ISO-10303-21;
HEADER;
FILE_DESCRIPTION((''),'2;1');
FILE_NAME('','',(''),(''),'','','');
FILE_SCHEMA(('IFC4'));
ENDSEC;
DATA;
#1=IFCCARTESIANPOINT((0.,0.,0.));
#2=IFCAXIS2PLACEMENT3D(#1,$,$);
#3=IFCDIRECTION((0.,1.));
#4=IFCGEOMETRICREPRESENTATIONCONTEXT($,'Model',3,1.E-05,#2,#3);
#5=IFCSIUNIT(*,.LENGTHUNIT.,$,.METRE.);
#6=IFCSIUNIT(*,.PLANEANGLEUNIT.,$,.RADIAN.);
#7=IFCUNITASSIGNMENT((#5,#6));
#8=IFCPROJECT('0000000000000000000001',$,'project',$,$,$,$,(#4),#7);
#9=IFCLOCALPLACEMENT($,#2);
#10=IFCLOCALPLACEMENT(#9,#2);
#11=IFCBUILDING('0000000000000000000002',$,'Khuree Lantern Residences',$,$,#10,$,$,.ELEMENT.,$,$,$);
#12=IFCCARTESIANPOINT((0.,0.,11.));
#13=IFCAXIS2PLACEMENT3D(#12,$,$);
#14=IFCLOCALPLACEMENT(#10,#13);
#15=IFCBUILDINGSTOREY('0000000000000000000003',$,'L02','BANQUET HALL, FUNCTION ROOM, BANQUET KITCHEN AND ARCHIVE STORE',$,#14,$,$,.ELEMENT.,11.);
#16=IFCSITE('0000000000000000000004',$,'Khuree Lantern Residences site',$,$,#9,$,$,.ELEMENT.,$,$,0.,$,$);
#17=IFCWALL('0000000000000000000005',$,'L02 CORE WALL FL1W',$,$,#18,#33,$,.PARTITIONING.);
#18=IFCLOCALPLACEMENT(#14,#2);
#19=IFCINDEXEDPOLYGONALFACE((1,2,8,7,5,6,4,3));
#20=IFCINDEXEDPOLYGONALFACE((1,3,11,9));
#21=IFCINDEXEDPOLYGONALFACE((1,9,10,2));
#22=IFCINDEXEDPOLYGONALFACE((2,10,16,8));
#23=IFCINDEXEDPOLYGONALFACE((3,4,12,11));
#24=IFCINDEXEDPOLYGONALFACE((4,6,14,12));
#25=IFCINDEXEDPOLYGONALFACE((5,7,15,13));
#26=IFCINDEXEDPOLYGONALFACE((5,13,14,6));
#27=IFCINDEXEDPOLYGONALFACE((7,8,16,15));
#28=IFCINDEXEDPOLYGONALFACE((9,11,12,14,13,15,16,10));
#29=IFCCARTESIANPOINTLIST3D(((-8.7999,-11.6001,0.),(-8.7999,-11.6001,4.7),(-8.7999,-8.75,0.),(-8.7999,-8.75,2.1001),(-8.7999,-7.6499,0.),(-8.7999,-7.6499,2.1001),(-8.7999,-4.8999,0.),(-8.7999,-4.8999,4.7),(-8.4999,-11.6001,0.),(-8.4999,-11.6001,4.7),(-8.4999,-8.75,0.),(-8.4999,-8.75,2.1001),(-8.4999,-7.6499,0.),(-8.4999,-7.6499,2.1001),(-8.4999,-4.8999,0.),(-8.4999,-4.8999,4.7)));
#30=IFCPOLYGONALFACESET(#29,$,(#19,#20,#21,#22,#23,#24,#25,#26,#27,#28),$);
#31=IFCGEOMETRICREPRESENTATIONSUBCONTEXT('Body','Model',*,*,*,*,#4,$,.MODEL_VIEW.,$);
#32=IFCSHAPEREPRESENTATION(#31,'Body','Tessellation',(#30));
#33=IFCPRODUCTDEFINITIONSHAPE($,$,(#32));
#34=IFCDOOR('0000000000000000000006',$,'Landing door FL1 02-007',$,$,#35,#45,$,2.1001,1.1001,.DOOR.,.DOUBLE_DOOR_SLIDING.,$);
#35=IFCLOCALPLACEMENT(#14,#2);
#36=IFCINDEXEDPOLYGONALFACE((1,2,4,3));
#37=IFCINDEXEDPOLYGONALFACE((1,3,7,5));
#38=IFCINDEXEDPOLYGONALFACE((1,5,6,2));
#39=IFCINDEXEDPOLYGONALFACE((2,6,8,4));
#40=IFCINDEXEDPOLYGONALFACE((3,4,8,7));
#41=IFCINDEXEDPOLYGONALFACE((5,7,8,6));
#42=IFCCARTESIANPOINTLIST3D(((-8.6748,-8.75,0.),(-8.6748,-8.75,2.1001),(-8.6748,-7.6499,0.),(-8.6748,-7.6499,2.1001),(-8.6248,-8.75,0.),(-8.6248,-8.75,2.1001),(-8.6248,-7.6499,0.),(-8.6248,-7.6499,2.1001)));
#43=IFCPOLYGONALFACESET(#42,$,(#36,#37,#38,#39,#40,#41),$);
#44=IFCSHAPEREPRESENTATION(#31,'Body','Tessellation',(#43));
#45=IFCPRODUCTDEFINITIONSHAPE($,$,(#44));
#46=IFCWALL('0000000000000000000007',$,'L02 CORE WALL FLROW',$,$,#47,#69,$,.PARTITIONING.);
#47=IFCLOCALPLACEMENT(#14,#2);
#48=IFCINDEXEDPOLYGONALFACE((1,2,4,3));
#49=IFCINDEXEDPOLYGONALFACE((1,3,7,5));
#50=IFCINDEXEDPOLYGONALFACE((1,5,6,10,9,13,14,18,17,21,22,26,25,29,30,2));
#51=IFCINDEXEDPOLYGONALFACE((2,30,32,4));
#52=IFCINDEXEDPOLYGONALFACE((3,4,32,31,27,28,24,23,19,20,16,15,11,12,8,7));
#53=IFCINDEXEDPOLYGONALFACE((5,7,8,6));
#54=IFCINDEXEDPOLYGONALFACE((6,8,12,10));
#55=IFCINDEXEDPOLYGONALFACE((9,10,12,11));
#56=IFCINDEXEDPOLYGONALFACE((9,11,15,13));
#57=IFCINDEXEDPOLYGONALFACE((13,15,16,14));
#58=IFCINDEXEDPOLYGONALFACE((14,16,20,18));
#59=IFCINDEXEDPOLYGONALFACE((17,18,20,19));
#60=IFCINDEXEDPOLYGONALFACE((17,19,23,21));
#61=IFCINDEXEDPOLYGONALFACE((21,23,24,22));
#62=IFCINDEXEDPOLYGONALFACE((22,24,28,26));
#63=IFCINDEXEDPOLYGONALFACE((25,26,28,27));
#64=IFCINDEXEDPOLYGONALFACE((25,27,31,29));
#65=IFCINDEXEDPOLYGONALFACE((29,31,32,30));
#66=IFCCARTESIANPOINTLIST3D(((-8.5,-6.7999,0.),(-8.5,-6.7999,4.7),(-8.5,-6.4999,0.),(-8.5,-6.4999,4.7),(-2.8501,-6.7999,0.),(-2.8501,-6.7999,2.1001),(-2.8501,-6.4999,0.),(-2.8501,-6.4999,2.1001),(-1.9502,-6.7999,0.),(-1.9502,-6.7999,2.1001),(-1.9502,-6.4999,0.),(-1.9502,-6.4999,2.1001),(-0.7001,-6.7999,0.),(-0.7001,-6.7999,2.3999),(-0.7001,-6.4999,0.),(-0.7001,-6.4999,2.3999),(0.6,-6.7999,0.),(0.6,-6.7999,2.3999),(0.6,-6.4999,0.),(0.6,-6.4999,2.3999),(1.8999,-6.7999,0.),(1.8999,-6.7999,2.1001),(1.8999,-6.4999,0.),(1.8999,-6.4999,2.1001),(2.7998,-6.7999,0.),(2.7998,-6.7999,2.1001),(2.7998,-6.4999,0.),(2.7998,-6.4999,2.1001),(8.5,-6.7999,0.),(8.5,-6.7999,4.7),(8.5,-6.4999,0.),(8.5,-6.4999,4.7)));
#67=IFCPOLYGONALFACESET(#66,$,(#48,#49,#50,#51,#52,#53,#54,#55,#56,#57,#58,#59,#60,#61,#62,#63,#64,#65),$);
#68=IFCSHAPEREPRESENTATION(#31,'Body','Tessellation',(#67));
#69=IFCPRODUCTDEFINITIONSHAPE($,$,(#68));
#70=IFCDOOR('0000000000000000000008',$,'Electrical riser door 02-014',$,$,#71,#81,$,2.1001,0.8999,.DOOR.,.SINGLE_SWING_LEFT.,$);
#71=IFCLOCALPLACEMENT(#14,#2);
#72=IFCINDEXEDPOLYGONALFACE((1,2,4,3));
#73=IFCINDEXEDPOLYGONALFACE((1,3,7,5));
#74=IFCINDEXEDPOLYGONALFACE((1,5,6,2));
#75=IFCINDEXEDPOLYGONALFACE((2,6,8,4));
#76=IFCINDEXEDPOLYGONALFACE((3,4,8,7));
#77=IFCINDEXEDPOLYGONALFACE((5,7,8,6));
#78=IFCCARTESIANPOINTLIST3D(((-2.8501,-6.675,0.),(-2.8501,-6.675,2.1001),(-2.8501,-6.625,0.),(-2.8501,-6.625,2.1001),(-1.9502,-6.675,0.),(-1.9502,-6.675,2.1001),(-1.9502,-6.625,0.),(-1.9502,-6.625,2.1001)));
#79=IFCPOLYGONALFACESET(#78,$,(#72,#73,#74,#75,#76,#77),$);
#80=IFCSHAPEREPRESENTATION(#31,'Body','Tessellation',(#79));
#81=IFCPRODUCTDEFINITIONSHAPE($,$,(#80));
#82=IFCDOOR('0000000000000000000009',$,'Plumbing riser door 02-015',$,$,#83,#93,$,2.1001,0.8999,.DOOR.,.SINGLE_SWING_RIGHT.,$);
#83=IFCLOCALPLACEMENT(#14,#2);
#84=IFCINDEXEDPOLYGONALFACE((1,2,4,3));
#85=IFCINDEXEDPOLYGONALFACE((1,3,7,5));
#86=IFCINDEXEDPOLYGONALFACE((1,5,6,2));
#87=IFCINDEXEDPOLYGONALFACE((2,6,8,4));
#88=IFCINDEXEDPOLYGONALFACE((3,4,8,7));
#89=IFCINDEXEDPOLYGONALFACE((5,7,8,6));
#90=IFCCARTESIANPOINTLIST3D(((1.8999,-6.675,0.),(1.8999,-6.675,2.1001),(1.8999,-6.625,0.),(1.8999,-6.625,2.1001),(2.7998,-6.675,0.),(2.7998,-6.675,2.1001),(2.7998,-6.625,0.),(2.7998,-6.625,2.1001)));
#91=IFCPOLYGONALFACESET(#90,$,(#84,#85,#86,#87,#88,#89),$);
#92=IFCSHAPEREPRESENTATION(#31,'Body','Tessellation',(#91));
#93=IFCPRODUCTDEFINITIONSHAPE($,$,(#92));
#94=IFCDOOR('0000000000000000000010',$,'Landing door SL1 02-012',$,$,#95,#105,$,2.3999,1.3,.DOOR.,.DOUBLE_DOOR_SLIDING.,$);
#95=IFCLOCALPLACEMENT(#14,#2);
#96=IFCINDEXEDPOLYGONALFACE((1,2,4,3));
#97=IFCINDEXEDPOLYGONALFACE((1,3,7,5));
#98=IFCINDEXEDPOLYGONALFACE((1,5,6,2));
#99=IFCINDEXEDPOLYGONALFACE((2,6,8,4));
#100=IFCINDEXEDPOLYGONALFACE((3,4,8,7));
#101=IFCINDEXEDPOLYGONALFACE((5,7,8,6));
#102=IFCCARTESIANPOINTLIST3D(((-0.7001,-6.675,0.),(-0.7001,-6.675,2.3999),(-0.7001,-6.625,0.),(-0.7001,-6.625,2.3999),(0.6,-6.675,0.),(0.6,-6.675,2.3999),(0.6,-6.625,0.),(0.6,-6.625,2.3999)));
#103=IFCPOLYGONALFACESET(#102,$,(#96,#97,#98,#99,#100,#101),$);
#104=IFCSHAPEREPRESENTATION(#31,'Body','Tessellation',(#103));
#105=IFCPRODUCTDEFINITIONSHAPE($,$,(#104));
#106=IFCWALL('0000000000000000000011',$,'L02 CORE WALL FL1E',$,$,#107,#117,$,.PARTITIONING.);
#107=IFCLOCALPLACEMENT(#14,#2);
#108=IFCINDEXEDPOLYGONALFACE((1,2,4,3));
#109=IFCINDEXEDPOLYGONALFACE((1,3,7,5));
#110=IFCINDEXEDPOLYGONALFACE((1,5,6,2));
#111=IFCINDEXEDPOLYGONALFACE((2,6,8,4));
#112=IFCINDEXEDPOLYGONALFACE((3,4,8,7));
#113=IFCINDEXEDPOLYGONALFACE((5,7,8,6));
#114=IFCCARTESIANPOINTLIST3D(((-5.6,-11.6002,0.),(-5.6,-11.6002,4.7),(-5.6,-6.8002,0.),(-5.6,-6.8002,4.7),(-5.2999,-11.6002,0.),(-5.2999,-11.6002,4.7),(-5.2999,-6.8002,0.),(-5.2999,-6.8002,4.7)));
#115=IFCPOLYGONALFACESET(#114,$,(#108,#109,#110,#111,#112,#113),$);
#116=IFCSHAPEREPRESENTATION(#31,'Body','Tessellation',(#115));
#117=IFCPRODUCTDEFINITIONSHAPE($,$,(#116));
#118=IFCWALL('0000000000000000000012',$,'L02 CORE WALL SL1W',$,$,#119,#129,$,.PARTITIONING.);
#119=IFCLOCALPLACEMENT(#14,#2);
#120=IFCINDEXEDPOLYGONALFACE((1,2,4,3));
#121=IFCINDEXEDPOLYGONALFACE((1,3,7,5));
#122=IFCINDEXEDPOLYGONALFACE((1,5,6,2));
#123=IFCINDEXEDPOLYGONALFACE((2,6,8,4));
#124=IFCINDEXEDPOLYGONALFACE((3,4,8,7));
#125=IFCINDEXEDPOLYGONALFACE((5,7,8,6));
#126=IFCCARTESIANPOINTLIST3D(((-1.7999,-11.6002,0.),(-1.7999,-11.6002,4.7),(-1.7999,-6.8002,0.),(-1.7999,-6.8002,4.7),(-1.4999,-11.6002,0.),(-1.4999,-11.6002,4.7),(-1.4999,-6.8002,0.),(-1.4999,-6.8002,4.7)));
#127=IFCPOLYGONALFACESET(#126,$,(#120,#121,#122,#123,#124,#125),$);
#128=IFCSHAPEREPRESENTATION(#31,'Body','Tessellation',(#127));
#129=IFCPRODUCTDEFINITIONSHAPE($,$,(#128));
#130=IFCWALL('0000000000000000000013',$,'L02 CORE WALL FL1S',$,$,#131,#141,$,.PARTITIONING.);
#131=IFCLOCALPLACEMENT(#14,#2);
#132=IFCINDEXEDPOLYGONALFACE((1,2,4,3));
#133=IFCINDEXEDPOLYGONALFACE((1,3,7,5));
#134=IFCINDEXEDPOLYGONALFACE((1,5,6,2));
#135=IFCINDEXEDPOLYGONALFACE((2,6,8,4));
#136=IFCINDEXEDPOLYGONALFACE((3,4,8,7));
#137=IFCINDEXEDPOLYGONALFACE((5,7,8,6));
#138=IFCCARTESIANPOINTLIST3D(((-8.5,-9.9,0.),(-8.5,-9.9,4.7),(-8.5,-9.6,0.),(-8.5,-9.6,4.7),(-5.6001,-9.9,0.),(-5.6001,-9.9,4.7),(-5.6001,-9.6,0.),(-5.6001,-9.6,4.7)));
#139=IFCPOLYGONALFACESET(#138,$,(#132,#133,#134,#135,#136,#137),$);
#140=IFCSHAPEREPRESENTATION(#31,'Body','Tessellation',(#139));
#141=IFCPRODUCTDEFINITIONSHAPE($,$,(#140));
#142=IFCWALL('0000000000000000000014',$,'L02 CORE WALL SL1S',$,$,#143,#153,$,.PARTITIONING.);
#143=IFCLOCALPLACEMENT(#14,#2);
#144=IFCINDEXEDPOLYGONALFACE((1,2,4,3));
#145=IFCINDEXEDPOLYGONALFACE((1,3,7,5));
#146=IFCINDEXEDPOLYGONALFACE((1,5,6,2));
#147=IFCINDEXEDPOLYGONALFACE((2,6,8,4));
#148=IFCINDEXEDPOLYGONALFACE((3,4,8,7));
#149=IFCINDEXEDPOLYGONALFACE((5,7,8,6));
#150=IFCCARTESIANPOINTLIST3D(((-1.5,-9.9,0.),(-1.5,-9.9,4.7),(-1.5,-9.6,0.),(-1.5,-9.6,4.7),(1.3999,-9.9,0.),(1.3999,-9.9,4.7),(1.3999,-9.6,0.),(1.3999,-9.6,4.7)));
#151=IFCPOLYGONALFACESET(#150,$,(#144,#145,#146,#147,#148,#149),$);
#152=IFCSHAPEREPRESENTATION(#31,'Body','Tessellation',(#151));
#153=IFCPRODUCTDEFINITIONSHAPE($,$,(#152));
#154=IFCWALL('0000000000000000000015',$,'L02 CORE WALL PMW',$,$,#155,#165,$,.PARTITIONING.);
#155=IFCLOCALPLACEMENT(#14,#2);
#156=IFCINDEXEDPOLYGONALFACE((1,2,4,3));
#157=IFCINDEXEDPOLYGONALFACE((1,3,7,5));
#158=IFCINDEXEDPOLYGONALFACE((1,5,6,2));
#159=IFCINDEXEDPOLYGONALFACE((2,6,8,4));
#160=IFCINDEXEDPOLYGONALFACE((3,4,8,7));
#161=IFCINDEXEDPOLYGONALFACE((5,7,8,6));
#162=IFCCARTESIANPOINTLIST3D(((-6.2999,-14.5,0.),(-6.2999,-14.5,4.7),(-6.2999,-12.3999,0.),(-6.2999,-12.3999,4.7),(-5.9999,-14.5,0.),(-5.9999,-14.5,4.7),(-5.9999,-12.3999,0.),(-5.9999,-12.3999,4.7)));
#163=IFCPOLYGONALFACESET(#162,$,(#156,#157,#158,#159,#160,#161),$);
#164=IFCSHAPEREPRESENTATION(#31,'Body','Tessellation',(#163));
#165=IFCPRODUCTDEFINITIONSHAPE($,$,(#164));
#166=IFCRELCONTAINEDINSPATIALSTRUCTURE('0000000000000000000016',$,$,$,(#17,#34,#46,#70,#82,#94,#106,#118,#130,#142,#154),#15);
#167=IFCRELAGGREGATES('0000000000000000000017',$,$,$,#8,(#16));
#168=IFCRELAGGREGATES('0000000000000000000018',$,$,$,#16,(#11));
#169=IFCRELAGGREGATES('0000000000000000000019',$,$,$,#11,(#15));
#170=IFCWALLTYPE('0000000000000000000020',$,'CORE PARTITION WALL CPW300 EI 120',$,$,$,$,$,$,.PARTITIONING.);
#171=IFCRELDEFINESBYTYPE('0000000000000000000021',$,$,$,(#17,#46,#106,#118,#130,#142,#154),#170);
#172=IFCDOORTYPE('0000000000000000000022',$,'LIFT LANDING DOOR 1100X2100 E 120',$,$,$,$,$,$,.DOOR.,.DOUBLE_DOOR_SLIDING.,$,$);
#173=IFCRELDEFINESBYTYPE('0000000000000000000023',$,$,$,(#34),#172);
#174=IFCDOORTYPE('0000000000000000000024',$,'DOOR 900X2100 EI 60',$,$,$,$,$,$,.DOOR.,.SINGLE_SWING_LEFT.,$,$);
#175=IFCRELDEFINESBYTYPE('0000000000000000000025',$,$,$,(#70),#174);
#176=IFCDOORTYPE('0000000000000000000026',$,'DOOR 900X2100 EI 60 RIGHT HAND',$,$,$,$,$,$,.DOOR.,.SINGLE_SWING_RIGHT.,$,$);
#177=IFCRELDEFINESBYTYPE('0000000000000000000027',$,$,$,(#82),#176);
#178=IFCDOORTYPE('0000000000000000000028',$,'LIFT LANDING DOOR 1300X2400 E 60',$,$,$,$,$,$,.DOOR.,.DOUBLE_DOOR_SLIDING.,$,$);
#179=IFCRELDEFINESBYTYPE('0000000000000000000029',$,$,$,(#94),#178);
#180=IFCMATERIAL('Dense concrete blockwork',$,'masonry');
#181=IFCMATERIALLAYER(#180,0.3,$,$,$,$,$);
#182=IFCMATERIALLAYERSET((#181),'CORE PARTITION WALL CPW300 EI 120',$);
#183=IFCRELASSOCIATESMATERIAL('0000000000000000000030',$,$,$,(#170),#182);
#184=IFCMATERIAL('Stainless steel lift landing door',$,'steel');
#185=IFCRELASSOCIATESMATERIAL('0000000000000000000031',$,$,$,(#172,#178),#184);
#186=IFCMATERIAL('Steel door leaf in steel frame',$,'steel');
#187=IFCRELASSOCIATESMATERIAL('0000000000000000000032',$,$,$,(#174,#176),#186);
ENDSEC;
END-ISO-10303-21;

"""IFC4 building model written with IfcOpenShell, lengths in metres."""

from ifc_helpers import new_model, si_unit, direction, frame, frame_2d, origin, place, context, subcontext, project, spatial, rectangle, extrude, material, layer, layer_set, type_object, element, fill, save


model = new_model("IFC4")

# Units and contexts
model_context = context("Model", 3, precision=1e-05, world=origin(), true_north=direction((0.0, 1.0)))
body_context = subcontext(model_context, "Body", "Model", "MODEL_VIEW")
ifc_project = project(units=[si_unit("LENGTHUNIT", "METRE"), si_unit("PLANEANGLEUNIT", "RADIAN")], contexts=[model_context])

# Site, building, storey
site_placement = place(None, origin())
site = spatial("IfcSite", under=ifc_project, at=site_placement, Name="Khuree Lantern Residences site", CompositionType="ELEMENT", RefElevation=0.0)
building_placement = place(site_placement, origin())
building = spatial("IfcBuilding", under=site, at=building_placement, Name="Khuree Lantern Residences", CompositionType="ELEMENT")
storey_placement = place(building_placement, frame((0.0, 0.0, 11.0)))
storey = spatial("IfcBuildingStorey", under=building, at=storey_placement, Name="L02", Description="BANQUET HALL, FUNCTION ROOM, BANQUET KITCHEN AND ARCHIVE STORE", CompositionType="ELEMENT", Elevation=11.0)

# Wall, opening, door
ifc_material_1 = material(Name="Dense concrete blockwork", Category="masonry")
ifc_layer_1 = layer(ifc_material_1, 0.3)
ifc_layer_set_1 = layer_set([ifc_layer_1], Name="CORE PARTITION WALL CPW300 EI 120")
wall_type_1 = type_object("IfcWallType", Name="CORE PARTITION WALL CPW300 EI 120", PredefinedType="PARTITIONING", material=ifc_layer_set_1)
wall_1_placement = place(storey_placement, frame((-8.6499, -11.6001, 0.0), z_axis=(0.0, 0.0, 1.0), x_axis=(0.0, 1.0, 0.0)))
wall_1 = element("IfcWall", 1, at=wall_1_placement, inside=storey, type_object=wall_type_1, Name="L02 CORE WALL FL1W", PredefinedType="PARTITIONING", context=body_context, shape_type="SweptSolid", body=[
    extrude(rectangle(XDim=6.7002, YDim=0.3, at=frame_2d((3.3501, 0.0))), origin(), (0.0, 0.0, 1.0), 4.7),
])
opening_1_placement = place(wall_1_placement, frame((2.8501, 0.0, 0.0)))
opening_1 = element("IfcOpeningElement", 2, at=opening_1_placement, cuts=wall_1, PredefinedType="OPENING", context=body_context, shape_type="SweptSolid", body=[
    extrude(rectangle(XDim=1.1001, YDim=2.1001, at=frame_2d((0.55, 1.05))), frame((0.0, 0.1602, 0.0), z_axis=(0.0, -1.0, 0.0), x_axis=(1.0, 0.0, 0.0)), (0.0, 0.0, 1.0), 0.3201),
])
ifc_material_2 = material(Name="Stainless steel lift landing door", Category="steel")
door_type_1 = type_object("IfcDoorType", Name="LIFT LANDING DOOR 1100X2100 E 120", OperationType="DOUBLE_DOOR_SLIDING", PredefinedType="DOOR", material=ifc_material_2)
door_1_placement = place(opening_1_placement, origin())
door_1 = element("IfcDoor", 3, at=door_1_placement, inside=storey, type_object=door_type_1, Name="Landing door FL1 02-007", OperationType="DOUBLE_DOOR_SLIDING", OverallHeight=2.1001, OverallWidth=1.1001, PredefinedType="DOOR", context=body_context, shape_type="SweptSolid", body=[
    extrude(rectangle(XDim=1.1001, YDim=2.1001, at=frame_2d((0.55, 1.05))), frame((0.0, 0.0249, 0.0), z_axis=(0.0, -1.0, 0.0), x_axis=(1.0, 0.0, 0.0)), (0.0, 0.0, 1.0), 0.05),
])
fill(opening_1, door_1)

# Wall, openings, doors
wall_2_placement = place(storey_placement, frame((-8.5, -6.6499, 0.0), z_axis=(0.0, 0.0, 1.0), x_axis=(1.0, 0.0, 0.0)))
wall_2 = element("IfcWall", 4, at=wall_2_placement, inside=storey, type_object=wall_type_1, Name="L02 CORE WALL FLROW", PredefinedType="PARTITIONING", context=body_context, shape_type="SweptSolid", body=[
    extrude(rectangle(XDim=17.0, YDim=0.3, at=frame_2d((8.5, 0.0))), origin(), (0.0, 0.0, 1.0), 4.7),
])
opening_2_placement = place(wall_2_placement, frame((7.8, 0.0, 0.0)))
opening_2 = element("IfcOpeningElement", 5, at=opening_2_placement, cuts=wall_2, PredefinedType="OPENING", context=body_context, shape_type="SweptSolid", body=[
    extrude(rectangle(XDim=1.3, YDim=2.3999, at=frame_2d((0.6499, 1.2))), frame((0.0, 0.1602, 0.0), z_axis=(0.0, -1.0, 0.0), x_axis=(1.0, 0.0, 0.0)), (0.0, 0.0, 1.0), 0.3201),
])
opening_3_placement = place(wall_2_placement, frame((5.6499, 0.0, 0.0)))
opening_3 = element("IfcOpeningElement", 6, at=opening_3_placement, cuts=wall_2, PredefinedType="OPENING", context=body_context, shape_type="SweptSolid", body=[
    extrude(rectangle(XDim=0.8999, YDim=2.1001, at=frame_2d((0.45, 1.05))), frame((0.0, 0.1602, 0.0), z_axis=(0.0, -1.0, 0.0), x_axis=(1.0, 0.0, 0.0)), (0.0, 0.0, 1.0), 0.3201),
])
opening_4_placement = place(wall_2_placement, frame((10.3999, 0.0, 0.0)))
opening_4 = element("IfcOpeningElement", 7, at=opening_4_placement, cuts=wall_2, PredefinedType="OPENING", context=body_context, shape_type="SweptSolid", body=[
    extrude(rectangle(XDim=0.8999, YDim=2.1001, at=frame_2d((0.45, 1.05))), frame((0.0, 0.1602, 0.0), z_axis=(0.0, -1.0, 0.0), x_axis=(1.0, 0.0, 0.0)), (0.0, 0.0, 1.0), 0.3201),
])
ifc_material_3 = material(Name="Steel door leaf in steel frame", Category="steel")
door_type_2 = type_object("IfcDoorType", Name="DOOR 900X2100 EI 60", OperationType="SINGLE_SWING_LEFT", PredefinedType="DOOR", material=ifc_material_3)
door_2_placement = place(opening_3_placement, origin())
door_2 = element("IfcDoor", 8, at=door_2_placement, inside=storey, type_object=door_type_2, Name="Electrical riser door 02-014", OperationType="SINGLE_SWING_LEFT", OverallHeight=2.1001, OverallWidth=0.8999, PredefinedType="DOOR", context=body_context, shape_type="SweptSolid", body=[
    extrude(rectangle(XDim=0.8999, YDim=2.1001, at=frame_2d((0.45, 1.05))), frame((0.0, 0.0249, 0.0), z_axis=(0.0, -1.0, 0.0), x_axis=(1.0, 0.0, 0.0)), (0.0, 0.0, 1.0), 0.05),
])
fill(opening_3, door_2)
door_type_3 = type_object("IfcDoorType", Name="DOOR 900X2100 EI 60 RIGHT HAND", OperationType="SINGLE_SWING_RIGHT", PredefinedType="DOOR", material=ifc_material_3)
door_3_placement = place(opening_4_placement, origin())
door_3 = element("IfcDoor", 9, at=door_3_placement, inside=storey, type_object=door_type_3, Name="Plumbing riser door 02-015", OperationType="SINGLE_SWING_RIGHT", OverallHeight=2.1001, OverallWidth=0.8999, PredefinedType="DOOR", context=body_context, shape_type="SweptSolid", body=[
    extrude(rectangle(XDim=0.8999, YDim=2.1001, at=frame_2d((0.45, 1.05))), frame((0.0, 0.0249, 0.0), z_axis=(0.0, -1.0, 0.0), x_axis=(1.0, 0.0, 0.0)), (0.0, 0.0, 1.0), 0.05),
])
fill(opening_4, door_3)
door_type_4 = type_object("IfcDoorType", Name="LIFT LANDING DOOR 1300X2400 E 60", OperationType="DOUBLE_DOOR_SLIDING", PredefinedType="DOOR", material=ifc_material_2)
door_4_placement = place(opening_2_placement, origin())
door_4 = element("IfcDoor", 10, at=door_4_placement, inside=storey, type_object=door_type_4, Name="Landing door SL1 02-012", OperationType="DOUBLE_DOOR_SLIDING", OverallHeight=2.3999, OverallWidth=1.3, PredefinedType="DOOR", context=body_context, shape_type="SweptSolid", body=[
    extrude(rectangle(XDim=1.3, YDim=2.3999, at=frame_2d((0.6499, 1.2))), frame((0.0, 0.0249, 0.0), z_axis=(0.0, -1.0, 0.0), x_axis=(1.0, 0.0, 0.0)), (0.0, 0.0, 1.0), 0.05),
])
fill(opening_2, door_4)

# Walls
for number, where, z_axis, x_axis, name in (
    (11, (-5.45, -11.6001, 0.0), (0.0, 0.0, 1.0), (0.0, 1.0, 0.0), "L02 CORE WALL FL1E"),
    (12, (-1.6499, -11.6001, 0.0), (0.0, 0.0, 1.0), (0.0, 1.0, 0.0), "L02 CORE WALL SL1W"),
):
    element("IfcWall", number, at=place(storey_placement, frame(where, z_axis=z_axis, x_axis=x_axis)), inside=storey, type_object=wall_type_1, Name=name, PredefinedType="PARTITIONING", context=body_context, shape_type="SweptSolid", body=[
        extrude(rectangle(XDim=4.8, YDim=0.3, at=frame_2d((2.3999, 0.0))), origin(), (0.0, 0.0, 1.0), 4.7),
    ])
for number, where, z_axis, x_axis, name in (
    (13, (-8.5, -9.75, 0.0), (0.0, 0.0, 1.0), (1.0, 0.0, 0.0), "L02 CORE WALL FL1S"),
    (14, (-1.5, -9.75, 0.0), (0.0, 0.0, 1.0), (1.0, 0.0, 0.0), "L02 CORE WALL SL1S"),
):
    element("IfcWall", number, at=place(storey_placement, frame(where, z_axis=z_axis, x_axis=x_axis)), inside=storey, type_object=wall_type_1, Name=name, PredefinedType="PARTITIONING", context=body_context, shape_type="SweptSolid", body=[
        extrude(rectangle(XDim=2.8999, YDim=0.3, at=frame_2d((1.45, 0.0))), origin(), (0.0, 0.0, 1.0), 4.7),
    ])
wall_3_placement = place(storey_placement, frame((-6.1499, -14.5, 0.0), z_axis=(0.0, 0.0, 1.0), x_axis=(0.0, 1.0, 0.0)))
element("IfcWall", 15, at=wall_3_placement, inside=storey, type_object=wall_type_1, Name="L02 CORE WALL PMW", PredefinedType="PARTITIONING", context=body_context, shape_type="SweptSolid", body=[
    extrude(rectangle(XDim=2.1001, YDim=0.3, at=frame_2d((1.05, 0.0))), origin(), (0.0, 0.0, 1.0), 4.7),
])

save(model, "model.ifc")
